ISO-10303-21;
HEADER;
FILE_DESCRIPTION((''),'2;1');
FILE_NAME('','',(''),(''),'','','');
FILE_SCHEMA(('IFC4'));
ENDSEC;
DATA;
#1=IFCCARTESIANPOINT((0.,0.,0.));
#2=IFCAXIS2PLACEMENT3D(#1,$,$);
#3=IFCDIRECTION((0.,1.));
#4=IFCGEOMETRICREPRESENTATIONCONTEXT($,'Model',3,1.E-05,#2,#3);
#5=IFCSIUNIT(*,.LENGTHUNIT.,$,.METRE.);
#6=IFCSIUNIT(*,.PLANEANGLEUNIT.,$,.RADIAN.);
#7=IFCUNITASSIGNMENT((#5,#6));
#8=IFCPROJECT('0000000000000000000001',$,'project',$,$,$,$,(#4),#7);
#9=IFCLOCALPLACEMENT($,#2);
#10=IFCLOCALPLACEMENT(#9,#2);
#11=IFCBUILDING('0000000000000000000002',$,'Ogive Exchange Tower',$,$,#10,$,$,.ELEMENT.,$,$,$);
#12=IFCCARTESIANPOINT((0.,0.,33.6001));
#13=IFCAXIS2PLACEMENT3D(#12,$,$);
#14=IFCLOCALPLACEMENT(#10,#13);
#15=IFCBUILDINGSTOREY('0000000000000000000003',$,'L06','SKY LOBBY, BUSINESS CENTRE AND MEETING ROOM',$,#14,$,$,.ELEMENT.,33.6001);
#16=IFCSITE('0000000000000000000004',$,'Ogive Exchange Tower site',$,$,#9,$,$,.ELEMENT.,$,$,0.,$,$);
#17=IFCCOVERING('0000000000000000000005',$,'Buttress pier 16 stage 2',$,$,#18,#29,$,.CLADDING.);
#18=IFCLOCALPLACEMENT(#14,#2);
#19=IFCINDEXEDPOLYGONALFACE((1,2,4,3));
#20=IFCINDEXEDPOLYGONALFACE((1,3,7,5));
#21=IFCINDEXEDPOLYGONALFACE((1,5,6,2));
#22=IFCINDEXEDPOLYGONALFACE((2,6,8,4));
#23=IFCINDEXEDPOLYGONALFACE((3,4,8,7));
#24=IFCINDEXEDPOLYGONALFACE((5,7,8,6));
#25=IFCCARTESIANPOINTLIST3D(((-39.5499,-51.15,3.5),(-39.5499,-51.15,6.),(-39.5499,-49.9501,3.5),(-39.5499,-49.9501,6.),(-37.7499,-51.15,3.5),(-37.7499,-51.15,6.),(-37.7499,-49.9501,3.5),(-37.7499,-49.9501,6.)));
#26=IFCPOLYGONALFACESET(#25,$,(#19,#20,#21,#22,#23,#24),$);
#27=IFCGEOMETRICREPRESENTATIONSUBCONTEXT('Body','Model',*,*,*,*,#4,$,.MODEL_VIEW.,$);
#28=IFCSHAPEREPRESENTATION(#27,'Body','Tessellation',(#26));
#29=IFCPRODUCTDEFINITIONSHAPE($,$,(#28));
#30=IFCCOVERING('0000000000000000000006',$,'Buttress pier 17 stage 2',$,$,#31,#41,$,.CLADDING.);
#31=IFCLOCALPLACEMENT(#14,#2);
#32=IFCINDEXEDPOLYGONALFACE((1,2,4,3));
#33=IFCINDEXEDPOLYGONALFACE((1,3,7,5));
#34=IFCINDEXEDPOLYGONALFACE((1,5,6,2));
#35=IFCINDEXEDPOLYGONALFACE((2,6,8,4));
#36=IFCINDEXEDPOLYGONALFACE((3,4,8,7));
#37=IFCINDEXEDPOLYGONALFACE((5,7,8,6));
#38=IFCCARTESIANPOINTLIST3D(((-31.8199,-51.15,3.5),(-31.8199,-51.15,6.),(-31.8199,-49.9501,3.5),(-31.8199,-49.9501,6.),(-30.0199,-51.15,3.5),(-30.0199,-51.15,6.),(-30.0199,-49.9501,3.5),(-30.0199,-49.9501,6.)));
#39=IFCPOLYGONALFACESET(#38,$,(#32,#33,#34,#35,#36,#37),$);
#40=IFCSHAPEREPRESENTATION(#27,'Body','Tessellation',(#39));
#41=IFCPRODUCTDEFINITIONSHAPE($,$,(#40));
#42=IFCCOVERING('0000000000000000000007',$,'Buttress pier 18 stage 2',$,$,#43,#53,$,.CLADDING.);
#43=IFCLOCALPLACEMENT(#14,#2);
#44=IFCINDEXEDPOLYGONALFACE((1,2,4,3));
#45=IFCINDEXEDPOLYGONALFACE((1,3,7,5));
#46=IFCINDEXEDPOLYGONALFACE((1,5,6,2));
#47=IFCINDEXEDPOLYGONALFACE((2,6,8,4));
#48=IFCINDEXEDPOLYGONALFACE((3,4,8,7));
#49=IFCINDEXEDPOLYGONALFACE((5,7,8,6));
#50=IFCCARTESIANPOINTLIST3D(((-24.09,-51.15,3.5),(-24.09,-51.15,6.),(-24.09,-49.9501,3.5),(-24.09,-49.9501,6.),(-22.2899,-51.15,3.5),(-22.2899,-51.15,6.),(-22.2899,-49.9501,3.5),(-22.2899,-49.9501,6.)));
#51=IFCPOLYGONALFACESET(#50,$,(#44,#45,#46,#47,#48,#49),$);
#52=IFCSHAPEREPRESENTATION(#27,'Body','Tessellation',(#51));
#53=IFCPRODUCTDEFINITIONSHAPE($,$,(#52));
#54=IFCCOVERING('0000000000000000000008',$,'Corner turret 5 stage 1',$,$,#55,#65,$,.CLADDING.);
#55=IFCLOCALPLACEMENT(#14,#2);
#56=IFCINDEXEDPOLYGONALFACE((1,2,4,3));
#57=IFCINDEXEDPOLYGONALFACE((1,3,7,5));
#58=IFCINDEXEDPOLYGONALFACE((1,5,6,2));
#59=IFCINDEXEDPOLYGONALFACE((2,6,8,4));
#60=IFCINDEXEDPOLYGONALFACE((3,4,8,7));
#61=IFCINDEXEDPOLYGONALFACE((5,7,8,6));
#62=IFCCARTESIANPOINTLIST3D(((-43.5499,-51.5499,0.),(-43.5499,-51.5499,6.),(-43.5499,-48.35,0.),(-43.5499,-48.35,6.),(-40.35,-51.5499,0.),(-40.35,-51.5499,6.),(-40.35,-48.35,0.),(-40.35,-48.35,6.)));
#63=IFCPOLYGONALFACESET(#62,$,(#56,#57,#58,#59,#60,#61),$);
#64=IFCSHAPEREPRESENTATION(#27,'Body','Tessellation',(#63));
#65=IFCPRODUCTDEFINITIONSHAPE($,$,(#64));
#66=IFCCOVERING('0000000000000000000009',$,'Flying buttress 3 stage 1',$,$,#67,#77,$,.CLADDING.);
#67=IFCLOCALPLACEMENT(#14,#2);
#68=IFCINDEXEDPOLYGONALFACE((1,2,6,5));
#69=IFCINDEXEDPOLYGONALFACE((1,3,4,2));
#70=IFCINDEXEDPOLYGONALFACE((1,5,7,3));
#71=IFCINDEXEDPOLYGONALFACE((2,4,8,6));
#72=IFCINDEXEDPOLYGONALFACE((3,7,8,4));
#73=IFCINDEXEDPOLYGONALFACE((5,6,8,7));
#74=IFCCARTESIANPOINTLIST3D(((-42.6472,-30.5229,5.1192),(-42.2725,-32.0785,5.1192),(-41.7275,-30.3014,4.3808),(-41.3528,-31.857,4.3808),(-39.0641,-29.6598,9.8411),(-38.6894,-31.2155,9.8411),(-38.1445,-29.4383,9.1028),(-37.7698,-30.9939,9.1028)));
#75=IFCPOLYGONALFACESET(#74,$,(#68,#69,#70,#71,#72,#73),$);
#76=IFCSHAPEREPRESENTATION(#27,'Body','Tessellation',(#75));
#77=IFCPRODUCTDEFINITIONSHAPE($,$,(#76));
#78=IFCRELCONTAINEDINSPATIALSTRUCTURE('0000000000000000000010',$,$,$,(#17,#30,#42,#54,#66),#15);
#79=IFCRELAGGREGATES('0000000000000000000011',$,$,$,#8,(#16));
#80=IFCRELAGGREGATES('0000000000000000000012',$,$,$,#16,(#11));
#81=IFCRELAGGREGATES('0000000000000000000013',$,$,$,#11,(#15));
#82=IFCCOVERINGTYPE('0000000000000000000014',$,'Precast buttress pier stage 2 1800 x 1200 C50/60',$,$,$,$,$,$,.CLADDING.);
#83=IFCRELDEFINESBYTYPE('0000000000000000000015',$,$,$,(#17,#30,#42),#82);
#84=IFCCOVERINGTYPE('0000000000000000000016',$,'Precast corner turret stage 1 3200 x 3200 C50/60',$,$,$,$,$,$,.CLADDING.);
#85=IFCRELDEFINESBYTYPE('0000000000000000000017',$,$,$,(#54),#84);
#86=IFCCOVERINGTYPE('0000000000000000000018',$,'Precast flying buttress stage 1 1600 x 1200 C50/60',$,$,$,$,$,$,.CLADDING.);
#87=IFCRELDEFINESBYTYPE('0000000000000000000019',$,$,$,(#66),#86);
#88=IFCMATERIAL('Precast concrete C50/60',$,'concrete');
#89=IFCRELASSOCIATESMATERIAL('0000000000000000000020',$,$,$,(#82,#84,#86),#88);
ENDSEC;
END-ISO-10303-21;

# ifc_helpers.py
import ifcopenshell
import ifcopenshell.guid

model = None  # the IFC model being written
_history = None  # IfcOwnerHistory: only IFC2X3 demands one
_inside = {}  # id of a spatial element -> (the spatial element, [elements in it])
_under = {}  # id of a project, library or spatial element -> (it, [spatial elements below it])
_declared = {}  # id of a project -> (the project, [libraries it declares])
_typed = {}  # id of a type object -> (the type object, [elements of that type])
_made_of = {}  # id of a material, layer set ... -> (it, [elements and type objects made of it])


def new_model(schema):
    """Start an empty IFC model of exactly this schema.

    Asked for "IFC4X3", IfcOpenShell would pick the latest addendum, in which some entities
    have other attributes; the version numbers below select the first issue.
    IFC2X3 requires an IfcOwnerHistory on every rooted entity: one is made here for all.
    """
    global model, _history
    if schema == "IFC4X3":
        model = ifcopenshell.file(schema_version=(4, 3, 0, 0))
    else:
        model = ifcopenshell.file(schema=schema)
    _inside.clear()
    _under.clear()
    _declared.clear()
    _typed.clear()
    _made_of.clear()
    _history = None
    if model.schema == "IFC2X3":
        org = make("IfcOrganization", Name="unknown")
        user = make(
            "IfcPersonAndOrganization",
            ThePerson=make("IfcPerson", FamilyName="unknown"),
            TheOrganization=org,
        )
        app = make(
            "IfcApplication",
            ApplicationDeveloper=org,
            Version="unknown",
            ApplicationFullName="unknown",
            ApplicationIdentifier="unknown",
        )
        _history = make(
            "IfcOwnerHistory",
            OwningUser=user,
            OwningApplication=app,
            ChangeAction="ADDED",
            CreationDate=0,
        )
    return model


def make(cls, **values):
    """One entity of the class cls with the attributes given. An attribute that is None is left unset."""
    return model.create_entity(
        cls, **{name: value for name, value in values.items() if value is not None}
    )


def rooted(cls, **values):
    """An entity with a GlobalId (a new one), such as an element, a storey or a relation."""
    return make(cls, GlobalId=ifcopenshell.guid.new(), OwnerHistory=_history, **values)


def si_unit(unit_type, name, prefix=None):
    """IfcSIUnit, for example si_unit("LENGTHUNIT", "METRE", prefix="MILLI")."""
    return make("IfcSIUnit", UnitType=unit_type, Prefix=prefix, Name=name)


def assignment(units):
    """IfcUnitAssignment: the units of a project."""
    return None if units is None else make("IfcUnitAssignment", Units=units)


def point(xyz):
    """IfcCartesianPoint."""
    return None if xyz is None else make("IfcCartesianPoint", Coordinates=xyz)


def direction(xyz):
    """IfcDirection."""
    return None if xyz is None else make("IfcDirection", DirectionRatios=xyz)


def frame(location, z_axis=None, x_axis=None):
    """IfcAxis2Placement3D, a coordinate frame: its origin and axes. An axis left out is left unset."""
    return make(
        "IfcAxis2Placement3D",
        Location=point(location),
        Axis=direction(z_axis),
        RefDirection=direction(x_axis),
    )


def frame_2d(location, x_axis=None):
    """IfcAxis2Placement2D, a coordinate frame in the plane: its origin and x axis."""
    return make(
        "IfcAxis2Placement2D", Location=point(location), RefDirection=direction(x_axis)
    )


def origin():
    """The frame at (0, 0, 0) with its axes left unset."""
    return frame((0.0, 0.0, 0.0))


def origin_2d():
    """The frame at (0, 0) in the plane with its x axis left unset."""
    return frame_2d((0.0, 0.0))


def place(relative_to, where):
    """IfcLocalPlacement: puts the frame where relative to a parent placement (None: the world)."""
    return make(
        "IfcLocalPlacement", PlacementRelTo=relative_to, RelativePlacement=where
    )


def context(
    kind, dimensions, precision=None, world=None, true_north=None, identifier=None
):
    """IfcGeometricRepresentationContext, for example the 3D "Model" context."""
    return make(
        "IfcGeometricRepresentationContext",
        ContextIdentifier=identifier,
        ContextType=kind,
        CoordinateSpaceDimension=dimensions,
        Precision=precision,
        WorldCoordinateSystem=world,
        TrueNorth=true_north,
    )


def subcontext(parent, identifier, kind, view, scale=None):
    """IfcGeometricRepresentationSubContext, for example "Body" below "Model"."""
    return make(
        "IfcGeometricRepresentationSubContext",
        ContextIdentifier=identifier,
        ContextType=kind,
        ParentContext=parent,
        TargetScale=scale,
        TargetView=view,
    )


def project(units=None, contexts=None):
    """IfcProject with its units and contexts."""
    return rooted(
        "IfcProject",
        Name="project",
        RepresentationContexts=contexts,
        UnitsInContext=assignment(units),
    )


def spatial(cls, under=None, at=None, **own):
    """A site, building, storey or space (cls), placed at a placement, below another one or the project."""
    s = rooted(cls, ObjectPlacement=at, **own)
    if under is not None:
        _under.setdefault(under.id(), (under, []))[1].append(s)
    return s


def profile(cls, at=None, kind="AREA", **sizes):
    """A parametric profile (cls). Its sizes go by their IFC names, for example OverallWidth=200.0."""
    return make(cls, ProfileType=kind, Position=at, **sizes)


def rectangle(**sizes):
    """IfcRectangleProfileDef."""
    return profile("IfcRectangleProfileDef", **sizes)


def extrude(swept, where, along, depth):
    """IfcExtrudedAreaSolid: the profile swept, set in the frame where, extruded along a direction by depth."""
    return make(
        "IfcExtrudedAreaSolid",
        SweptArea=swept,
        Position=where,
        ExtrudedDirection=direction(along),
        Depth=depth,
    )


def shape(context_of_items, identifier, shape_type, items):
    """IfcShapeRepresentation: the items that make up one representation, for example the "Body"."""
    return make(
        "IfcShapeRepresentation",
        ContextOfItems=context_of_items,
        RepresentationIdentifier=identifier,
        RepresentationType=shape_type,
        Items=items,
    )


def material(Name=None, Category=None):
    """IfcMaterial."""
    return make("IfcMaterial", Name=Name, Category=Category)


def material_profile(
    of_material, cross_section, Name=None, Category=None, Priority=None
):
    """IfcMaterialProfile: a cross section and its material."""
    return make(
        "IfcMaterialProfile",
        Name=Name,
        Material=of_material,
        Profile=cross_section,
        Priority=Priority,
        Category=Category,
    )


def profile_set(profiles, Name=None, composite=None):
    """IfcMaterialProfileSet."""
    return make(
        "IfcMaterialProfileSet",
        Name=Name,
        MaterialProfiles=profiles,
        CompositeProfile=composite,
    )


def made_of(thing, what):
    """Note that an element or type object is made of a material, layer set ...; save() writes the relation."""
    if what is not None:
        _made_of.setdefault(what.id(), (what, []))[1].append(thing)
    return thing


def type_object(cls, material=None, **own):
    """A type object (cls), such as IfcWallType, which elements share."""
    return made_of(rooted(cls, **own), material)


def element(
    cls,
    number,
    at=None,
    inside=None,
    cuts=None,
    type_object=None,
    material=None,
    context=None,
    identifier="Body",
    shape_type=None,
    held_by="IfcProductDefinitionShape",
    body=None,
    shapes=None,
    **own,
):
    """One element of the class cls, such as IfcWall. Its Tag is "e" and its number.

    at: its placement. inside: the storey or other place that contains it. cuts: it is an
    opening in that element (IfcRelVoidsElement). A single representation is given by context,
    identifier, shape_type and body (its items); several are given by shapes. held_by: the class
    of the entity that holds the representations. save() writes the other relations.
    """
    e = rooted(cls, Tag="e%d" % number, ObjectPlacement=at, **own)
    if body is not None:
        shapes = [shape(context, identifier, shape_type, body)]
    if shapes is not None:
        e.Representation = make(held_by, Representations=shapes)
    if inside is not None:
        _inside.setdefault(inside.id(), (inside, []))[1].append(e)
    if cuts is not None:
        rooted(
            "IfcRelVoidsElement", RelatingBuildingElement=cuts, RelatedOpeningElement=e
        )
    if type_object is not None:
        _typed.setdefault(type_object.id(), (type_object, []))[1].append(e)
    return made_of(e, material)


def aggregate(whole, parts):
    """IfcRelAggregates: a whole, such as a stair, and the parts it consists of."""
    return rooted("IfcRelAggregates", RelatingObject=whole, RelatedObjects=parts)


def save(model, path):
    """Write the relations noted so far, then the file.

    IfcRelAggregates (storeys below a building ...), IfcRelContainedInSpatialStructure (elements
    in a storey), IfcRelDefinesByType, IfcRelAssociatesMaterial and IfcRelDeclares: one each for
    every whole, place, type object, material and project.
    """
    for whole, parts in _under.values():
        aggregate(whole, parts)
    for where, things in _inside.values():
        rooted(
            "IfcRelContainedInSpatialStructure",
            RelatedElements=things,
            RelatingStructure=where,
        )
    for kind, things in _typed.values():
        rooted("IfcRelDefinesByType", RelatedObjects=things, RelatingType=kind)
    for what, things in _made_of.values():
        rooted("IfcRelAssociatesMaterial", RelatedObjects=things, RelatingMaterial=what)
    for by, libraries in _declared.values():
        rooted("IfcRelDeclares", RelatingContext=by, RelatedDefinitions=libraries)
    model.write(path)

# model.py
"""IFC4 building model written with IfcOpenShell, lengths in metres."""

from ifc_helpers import new_model, si_unit, direction, frame, origin, origin_2d, place, context, subcontext, project, spatial, rectangle, extrude, material, material_profile, profile_set, type_object, element, save


model = new_model("IFC4")

# Units and contexts
model_context = context("Model", 3, precision=1e-05, world=origin(), true_north=direction((0.0, 1.0)))
body_context = subcontext(model_context, "Body", "Model", "MODEL_VIEW")
ifc_project = project(units=[si_unit("LENGTHUNIT", "METRE"), si_unit("PLANEANGLEUNIT", "RADIAN")], contexts=[model_context])

# Site, building, storey
site_placement = place(None, origin())
site = spatial("IfcSite", under=ifc_project, at=site_placement, Name="Ogive Exchange Tower site", CompositionType="ELEMENT", RefElevation=0.0)
building_placement = place(site_placement, origin())
building = spatial("IfcBuilding", under=site, at=building_placement, Name="Ogive Exchange Tower", CompositionType="ELEMENT")
storey_placement = place(building_placement, frame((0.0, 0.0, 33.6001)))
storey = spatial("IfcBuildingStorey", under=building, at=storey_placement, Name="L06", Description="SKY LOBBY, BUSINESS CENTRE AND MEETING ROOM", CompositionType="ELEMENT", Elevation=33.6001)

# Coverings
ifc_material_1 = material(Name="Precast concrete C50/60", Category="concrete")
ifc_material_profile_1 = material_profile(ifc_material_1, rectangle(XDim=1.8, YDim=1.2, at=origin_2d()), Name="BUTTRESS PIER 2 1800 x 1200")
ifc_profile_set_1 = profile_set([ifc_material_profile_1], Name="Precast concrete C50/60")
covering_type_1 = type_object("IfcCoveringType", Name="Precast buttress pier stage 2 1800 x 1200 C50/60", PredefinedType="CLADDING", material=ifc_profile_set_1)
for number, where, z_axis, x_axis, name in (
    (1, (-38.6499, -50.55, 3.5), (0.0, 0.0, 1.0), (1.0, 0.0, 0.0), "Buttress pier 16 stage 2"),
    (2, (-30.9199, -50.55, 3.5), (0.0, 0.0, 1.0), (1.0, 0.0, 0.0), "Buttress pier 17 stage 2"),
    (3, (-23.1899, -50.55, 3.5), (0.0, 0.0, 1.0), (1.0, 0.0, 0.0), "Buttress pier 18 stage 2"),
):
    element("IfcCovering", number, at=place(storey_placement, frame(where, z_axis=z_axis, x_axis=x_axis)), inside=storey, type_object=covering_type_1, Name=name, PredefinedType="CLADDING", context=body_context, shape_type="SweptSolid", body=[
        extrude(rectangle(XDim=1.8, YDim=1.2, at=origin_2d()), origin(), (0.0, 0.0, 1.0), 2.5),
    ])
ifc_material_profile_2 = material_profile(ifc_material_1, rectangle(XDim=3.2, YDim=3.2, at=origin_2d()), Name="CORNER TURRET 1 3200 x 3200")
ifc_profile_set_2 = profile_set([ifc_material_profile_2], Name="Precast concrete C50/60")
covering_type_2 = type_object("IfcCoveringType", Name="Precast corner turret stage 1 3200 x 3200 C50/60", PredefinedType="CLADDING", material=ifc_profile_set_2)
covering_1_placement = place(storey_placement, frame((-41.95, -49.95, 0.0), z_axis=(0.0, 0.0, 1.0), x_axis=(1.0, 0.0, 0.0)))
element("IfcCovering", 4, at=covering_1_placement, inside=storey, type_object=covering_type_2, Name="Corner turret 5 stage 1", PredefinedType="CLADDING", context=body_context, shape_type="SweptSolid", body=[
    extrude(rectangle(XDim=3.2, YDim=3.2, at=origin_2d()), origin(), (0.0, 0.0, 1.0), 6.0),
])
ifc_material_profile_3 = material_profile(ifc_material_1, rectangle(XDim=1.6001, YDim=1.2, at=origin_2d()), Name="FLYING BUTTRESS 1 1600 x 1200")
ifc_profile_set_3 = profile_set([ifc_material_profile_3], Name="Precast concrete C50/60")
covering_type_3 = type_object("IfcCoveringType", Name="Precast flying buttress stage 1 1600 x 1200 C50/60", PredefinedType="CLADDING", material=ifc_profile_set_3)
covering_2_placement = place(storey_placement, frame((-42.0, -31.1899, 4.75), z_axis=(0.598171, 0.144081, 0.788309), x_axis=(-0.234172, 0.972195, 0.0)))
element("IfcCovering", 5, at=covering_2_placement, inside=storey, type_object=covering_type_3, Name="Flying buttress 3 stage 1", PredefinedType="CLADDING", context=body_context, shape_type="SweptSolid", body=[
    extrude(rectangle(XDim=1.6001, YDim=1.2, at=origin_2d()), origin(), (0.0, 0.0, 1.0), 5.99),
])

save(model, "model.ifc")
